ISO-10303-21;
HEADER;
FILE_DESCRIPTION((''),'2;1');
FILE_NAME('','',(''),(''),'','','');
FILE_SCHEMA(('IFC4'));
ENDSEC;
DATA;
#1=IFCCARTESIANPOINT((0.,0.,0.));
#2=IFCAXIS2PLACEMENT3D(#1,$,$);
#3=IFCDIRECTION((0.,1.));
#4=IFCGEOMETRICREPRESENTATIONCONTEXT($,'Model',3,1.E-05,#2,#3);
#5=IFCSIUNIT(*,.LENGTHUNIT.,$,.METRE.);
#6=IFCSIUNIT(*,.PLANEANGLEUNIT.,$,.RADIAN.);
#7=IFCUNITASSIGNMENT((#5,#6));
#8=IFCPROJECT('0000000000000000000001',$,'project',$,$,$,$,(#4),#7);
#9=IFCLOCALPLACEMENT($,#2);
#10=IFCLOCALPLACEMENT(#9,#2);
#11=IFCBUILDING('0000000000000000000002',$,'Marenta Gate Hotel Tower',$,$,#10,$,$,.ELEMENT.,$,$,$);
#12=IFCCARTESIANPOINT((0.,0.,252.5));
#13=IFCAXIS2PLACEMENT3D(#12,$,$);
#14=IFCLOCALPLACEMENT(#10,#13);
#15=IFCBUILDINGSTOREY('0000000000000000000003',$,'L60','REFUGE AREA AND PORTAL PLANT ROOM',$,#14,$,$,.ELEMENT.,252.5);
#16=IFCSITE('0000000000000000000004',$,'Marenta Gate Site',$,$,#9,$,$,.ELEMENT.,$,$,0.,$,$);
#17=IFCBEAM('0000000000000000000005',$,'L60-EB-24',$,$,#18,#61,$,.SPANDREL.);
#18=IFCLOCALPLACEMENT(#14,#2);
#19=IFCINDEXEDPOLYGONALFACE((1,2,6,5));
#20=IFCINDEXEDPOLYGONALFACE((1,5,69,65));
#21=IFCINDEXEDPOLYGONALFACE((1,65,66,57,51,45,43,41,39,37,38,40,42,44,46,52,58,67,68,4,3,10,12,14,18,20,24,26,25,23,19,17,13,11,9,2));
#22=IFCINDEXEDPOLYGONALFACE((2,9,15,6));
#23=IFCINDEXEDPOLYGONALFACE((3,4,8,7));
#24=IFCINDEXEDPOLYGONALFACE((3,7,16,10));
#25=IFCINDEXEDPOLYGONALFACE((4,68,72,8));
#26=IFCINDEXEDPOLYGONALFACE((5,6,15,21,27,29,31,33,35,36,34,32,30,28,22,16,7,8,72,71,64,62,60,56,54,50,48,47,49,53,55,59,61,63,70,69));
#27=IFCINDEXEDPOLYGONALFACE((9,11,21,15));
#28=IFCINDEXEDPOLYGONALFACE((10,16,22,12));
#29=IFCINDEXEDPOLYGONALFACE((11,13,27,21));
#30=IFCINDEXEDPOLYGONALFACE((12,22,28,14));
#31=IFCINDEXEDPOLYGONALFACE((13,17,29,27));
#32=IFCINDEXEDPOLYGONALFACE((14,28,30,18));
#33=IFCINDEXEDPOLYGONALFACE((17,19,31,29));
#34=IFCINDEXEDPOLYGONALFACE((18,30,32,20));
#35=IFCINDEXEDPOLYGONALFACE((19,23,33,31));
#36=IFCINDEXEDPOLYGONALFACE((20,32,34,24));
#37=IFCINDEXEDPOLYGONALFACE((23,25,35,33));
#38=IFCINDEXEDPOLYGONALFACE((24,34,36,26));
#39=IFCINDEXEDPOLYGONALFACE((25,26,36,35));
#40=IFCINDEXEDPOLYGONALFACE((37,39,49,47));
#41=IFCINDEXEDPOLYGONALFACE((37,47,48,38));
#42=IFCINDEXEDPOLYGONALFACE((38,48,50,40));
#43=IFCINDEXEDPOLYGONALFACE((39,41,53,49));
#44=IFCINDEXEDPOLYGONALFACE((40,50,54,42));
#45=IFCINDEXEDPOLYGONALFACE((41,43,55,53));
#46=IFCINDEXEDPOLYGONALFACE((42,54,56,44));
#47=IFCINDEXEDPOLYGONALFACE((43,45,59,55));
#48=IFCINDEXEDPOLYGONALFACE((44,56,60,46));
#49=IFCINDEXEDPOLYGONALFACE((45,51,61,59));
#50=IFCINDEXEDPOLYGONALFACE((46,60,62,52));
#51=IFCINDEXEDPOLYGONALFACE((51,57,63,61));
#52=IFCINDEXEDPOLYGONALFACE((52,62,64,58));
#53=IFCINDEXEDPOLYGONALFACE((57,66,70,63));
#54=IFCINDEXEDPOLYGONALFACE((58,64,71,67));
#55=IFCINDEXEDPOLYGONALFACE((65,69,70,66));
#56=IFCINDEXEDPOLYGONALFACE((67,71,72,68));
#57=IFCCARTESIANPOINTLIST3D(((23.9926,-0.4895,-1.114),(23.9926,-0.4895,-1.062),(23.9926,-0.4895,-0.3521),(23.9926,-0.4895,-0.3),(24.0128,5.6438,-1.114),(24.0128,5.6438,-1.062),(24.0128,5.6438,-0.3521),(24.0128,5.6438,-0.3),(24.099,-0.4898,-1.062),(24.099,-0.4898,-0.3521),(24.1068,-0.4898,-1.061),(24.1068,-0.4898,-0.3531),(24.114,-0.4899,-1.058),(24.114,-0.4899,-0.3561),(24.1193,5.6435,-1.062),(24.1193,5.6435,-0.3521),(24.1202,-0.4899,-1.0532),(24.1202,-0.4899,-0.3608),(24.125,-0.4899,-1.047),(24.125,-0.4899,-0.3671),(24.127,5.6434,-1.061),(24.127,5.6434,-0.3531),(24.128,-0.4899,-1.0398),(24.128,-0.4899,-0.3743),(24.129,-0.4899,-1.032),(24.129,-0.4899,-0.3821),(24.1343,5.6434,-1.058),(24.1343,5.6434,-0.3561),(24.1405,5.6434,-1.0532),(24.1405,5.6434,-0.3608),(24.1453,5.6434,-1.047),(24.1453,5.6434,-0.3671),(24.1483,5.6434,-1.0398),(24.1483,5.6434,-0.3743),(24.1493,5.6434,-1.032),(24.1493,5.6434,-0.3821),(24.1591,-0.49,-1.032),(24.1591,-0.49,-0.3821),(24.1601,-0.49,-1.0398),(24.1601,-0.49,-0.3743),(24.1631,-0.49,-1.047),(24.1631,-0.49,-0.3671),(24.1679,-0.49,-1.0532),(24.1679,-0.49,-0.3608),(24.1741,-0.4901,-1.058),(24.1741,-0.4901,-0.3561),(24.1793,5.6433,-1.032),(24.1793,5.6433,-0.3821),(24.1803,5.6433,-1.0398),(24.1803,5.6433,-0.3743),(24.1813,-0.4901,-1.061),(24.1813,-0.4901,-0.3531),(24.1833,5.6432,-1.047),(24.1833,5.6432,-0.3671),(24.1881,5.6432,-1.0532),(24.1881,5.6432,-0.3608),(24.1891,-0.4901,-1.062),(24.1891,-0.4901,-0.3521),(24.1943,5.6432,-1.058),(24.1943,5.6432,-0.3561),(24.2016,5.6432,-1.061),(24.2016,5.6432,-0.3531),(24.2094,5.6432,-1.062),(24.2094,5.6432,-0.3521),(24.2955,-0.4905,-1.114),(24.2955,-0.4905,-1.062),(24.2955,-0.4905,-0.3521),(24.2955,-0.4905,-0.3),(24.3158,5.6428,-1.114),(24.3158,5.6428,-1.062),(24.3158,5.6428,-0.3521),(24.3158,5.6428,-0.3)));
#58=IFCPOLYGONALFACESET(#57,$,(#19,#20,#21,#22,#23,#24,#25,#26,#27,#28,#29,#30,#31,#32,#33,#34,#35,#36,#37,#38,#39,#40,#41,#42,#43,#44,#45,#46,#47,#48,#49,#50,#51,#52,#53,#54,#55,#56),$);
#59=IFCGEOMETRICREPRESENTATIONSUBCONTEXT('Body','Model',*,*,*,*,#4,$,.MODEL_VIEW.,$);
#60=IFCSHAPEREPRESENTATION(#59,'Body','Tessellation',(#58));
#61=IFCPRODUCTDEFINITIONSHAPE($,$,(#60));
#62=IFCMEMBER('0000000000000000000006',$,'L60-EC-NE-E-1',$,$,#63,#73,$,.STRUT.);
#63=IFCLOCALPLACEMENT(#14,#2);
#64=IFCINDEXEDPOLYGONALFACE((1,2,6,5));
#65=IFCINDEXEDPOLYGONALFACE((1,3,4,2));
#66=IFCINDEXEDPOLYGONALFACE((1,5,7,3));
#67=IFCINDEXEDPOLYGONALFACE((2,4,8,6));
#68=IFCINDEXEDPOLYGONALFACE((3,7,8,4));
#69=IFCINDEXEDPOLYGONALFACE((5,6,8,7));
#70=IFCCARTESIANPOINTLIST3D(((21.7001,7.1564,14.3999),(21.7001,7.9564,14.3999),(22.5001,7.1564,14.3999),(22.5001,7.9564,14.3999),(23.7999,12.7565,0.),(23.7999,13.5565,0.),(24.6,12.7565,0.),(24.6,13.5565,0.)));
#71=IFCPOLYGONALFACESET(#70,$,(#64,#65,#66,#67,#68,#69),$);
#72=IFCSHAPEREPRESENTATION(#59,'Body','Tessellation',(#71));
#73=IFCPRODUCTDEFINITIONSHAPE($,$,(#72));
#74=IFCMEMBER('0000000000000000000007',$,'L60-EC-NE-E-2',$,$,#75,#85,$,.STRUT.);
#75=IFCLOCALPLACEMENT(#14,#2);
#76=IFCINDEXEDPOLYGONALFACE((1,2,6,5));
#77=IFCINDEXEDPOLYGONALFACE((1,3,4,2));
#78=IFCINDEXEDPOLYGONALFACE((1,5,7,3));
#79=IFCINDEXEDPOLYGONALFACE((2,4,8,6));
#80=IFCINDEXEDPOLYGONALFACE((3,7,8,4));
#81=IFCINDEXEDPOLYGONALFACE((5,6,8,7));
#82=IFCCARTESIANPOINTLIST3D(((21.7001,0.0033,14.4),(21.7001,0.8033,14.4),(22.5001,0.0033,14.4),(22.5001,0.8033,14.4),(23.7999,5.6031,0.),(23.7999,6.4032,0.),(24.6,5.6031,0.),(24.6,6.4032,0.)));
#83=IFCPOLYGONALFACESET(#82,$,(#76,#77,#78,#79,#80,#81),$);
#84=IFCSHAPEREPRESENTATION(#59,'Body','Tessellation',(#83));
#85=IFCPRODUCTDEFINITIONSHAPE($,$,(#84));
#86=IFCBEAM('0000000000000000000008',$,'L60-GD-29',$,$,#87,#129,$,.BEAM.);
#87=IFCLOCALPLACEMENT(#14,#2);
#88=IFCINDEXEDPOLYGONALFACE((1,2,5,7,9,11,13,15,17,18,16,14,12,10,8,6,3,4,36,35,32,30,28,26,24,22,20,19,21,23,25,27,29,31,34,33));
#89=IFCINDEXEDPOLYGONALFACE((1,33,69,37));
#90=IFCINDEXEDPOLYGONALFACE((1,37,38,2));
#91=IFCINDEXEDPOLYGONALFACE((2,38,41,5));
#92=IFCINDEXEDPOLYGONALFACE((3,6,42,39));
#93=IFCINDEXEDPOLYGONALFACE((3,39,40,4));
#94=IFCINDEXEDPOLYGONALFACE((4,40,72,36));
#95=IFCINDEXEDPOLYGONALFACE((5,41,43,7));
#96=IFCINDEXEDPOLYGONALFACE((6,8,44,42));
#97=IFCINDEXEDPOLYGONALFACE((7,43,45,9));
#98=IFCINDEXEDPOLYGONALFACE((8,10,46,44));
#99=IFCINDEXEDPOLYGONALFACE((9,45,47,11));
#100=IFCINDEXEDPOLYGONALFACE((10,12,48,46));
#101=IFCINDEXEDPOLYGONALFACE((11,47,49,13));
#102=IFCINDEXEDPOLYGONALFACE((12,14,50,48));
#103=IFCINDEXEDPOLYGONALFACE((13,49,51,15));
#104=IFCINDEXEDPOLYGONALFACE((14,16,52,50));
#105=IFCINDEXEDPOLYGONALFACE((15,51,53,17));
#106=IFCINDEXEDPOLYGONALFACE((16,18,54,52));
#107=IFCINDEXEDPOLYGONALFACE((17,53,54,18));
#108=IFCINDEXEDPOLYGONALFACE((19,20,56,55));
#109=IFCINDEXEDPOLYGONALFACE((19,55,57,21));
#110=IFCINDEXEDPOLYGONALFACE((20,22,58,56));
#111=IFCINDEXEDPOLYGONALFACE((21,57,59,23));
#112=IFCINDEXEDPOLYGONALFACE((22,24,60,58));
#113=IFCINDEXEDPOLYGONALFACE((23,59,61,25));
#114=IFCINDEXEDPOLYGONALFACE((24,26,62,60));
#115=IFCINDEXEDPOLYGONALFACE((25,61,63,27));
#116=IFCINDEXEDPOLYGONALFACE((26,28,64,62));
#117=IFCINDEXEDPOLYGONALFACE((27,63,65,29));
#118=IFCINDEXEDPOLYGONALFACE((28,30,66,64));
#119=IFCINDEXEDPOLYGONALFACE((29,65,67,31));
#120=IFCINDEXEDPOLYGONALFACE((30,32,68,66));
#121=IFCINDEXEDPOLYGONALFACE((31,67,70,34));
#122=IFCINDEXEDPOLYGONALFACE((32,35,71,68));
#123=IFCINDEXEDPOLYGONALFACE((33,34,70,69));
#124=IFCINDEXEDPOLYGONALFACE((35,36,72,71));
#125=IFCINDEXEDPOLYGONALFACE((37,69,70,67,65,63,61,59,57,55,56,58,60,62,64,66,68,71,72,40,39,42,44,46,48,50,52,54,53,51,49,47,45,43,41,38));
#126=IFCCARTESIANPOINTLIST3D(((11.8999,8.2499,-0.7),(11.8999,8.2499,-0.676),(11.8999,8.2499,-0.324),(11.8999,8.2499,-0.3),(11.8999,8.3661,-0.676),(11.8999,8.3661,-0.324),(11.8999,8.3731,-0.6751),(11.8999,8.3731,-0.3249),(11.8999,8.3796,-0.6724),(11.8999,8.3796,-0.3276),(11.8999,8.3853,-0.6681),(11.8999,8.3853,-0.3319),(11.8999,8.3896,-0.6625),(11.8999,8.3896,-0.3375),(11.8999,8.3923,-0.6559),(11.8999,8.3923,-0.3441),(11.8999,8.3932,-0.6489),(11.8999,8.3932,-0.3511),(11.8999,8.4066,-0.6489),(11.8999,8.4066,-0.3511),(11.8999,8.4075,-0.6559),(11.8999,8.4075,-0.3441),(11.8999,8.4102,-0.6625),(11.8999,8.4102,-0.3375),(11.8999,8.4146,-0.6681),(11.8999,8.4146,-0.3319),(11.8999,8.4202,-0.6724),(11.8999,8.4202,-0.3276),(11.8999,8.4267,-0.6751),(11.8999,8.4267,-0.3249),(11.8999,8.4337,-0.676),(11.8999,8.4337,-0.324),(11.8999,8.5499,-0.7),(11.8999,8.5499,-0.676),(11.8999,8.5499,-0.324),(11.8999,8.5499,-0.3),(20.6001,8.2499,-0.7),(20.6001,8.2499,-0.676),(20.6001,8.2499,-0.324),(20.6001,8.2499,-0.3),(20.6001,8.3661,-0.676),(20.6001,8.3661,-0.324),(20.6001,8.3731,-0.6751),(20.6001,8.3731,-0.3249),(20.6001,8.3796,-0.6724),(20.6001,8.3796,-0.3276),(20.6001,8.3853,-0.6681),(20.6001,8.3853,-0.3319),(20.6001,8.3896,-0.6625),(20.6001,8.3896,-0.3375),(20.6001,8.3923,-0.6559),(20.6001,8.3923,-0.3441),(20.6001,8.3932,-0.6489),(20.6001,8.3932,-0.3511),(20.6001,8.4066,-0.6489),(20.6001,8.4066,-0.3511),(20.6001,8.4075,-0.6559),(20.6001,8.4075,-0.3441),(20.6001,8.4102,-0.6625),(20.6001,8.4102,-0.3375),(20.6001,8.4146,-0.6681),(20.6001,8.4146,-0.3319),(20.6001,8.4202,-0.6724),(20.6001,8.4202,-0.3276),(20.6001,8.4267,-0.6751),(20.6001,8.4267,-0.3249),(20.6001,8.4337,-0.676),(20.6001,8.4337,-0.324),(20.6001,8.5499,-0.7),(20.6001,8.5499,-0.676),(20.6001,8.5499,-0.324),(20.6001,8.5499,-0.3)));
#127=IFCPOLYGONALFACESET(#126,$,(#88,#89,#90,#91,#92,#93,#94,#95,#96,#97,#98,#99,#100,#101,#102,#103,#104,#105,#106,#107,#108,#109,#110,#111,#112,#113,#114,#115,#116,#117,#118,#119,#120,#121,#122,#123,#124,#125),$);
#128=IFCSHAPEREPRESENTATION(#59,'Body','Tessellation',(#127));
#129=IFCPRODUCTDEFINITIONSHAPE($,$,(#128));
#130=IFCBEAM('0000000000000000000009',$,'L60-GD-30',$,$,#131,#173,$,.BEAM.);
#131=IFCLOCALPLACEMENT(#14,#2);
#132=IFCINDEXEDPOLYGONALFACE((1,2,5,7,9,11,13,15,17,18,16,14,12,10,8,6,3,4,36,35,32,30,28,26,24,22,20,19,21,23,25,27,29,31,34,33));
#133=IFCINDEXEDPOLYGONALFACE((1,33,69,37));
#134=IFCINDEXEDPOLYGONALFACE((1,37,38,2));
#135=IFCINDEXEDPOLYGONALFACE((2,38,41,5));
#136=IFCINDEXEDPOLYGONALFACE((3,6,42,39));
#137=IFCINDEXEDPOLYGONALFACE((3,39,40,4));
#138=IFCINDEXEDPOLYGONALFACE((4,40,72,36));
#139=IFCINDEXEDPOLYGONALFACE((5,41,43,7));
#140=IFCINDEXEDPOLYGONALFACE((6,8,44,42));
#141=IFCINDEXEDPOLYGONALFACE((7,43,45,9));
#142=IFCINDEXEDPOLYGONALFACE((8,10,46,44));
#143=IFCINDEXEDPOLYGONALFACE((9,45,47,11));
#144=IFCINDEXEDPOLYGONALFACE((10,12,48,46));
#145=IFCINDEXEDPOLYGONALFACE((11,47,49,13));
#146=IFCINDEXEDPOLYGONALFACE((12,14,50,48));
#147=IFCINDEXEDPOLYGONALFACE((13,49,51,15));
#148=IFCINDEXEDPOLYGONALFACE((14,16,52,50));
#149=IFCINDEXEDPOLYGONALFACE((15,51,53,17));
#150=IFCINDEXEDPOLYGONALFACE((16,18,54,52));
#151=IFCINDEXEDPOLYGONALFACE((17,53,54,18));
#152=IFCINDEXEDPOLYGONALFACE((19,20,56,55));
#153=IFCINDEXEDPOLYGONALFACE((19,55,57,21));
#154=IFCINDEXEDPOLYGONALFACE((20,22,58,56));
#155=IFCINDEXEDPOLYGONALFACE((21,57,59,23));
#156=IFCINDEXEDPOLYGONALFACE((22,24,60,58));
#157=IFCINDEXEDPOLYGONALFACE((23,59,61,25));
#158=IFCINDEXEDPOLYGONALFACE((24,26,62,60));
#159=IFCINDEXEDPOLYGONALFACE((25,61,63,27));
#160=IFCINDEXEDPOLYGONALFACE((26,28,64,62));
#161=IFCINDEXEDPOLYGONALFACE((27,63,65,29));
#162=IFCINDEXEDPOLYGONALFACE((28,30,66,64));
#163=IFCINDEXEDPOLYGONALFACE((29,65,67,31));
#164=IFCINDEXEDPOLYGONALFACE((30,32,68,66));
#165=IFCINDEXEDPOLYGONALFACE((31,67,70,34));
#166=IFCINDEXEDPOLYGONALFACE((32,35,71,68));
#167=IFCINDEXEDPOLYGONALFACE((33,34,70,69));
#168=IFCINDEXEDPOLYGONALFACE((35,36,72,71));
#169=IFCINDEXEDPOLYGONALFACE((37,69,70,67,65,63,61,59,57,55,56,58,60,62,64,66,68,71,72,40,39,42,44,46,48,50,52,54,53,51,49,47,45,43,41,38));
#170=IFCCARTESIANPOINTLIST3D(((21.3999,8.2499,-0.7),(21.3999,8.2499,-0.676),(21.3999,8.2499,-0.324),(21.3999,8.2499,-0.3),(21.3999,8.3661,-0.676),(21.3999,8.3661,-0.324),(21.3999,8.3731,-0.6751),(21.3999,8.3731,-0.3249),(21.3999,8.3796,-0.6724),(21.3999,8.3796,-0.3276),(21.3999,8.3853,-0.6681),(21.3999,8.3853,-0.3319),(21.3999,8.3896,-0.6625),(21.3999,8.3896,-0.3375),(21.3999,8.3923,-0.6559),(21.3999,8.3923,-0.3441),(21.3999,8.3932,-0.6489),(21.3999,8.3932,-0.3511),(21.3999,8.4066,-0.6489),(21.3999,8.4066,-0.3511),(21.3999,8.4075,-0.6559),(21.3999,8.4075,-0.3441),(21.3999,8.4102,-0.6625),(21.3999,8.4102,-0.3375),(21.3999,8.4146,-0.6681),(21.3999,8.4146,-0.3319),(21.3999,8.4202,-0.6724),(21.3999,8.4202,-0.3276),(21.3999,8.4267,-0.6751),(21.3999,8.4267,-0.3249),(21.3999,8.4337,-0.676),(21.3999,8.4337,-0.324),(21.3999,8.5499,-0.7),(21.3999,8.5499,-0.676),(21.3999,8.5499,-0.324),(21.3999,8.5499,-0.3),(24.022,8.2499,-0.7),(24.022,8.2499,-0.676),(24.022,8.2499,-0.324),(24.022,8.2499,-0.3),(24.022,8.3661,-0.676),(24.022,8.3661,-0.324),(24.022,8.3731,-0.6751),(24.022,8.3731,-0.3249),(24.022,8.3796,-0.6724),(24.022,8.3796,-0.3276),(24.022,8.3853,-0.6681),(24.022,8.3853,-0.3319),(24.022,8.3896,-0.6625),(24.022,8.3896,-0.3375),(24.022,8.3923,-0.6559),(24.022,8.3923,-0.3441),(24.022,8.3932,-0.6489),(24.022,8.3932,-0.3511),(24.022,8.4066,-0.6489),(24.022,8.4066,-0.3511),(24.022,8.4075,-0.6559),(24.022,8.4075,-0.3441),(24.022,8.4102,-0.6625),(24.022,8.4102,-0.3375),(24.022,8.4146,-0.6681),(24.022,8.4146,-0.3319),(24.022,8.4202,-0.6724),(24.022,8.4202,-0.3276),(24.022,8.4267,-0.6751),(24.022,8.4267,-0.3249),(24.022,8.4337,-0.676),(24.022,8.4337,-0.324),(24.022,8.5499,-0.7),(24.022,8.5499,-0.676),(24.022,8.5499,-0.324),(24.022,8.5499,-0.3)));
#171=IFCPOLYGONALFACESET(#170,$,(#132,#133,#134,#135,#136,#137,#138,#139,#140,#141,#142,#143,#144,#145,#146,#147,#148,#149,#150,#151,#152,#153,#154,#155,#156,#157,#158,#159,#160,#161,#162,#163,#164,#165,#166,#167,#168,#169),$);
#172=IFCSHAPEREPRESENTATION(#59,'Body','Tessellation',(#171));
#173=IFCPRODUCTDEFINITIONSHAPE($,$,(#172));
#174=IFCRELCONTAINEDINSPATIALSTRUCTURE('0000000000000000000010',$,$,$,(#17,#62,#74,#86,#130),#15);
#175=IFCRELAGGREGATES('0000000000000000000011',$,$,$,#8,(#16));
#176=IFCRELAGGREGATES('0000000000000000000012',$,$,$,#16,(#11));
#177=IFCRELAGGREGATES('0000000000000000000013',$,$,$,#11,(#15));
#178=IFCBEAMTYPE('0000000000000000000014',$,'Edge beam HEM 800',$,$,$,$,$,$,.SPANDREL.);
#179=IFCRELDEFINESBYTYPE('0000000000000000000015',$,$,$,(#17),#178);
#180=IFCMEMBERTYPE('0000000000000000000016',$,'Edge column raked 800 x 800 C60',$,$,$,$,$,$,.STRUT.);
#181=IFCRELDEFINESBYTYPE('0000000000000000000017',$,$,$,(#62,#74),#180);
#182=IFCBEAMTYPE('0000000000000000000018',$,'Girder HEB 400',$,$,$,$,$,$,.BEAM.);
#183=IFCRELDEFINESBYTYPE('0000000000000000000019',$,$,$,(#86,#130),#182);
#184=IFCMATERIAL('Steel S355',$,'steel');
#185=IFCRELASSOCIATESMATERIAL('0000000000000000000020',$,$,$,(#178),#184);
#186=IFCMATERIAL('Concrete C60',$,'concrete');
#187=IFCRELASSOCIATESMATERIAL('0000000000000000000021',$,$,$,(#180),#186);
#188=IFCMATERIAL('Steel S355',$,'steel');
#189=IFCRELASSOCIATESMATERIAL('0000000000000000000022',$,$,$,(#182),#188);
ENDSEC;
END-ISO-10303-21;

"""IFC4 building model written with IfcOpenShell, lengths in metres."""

from ifc_helpers import new_model, si_unit, direction, frame, origin, origin_2d, place, context, subcontext, project, spatial, rectangle, i_section, extrude, material, material_profile, profile_set, type_object, element, save


model = new_model("IFC4")

# Units and contexts
model_context = context("Model", 3, precision=1e-05, world=origin(), true_north=direction((0.0, 1.0)))
body_context = subcontext(model_context, "Body", "Model", "MODEL_VIEW")
ifc_project = project(units=[si_unit("LENGTHUNIT", "METRE"), si_unit("PLANEANGLEUNIT", "RADIAN")], contexts=[model_context])

# Site, building, storey
site_placement = place(None, origin())
site = spatial("IfcSite", under=ifc_project, at=site_placement, Name="Marenta Gate Site", CompositionType="ELEMENT", RefElevation=0.0)
building_placement = place(site_placement, origin())
building = spatial("IfcBuilding", under=site, at=building_placement, Name="Marenta Gate Hotel Tower", CompositionType="ELEMENT")
storey_placement = place(building_placement, frame((0.0, 0.0, 252.5)))
storey = spatial("IfcBuildingStorey", under=building, at=storey_placement, Name="L60", Description="REFUGE AREA AND PORTAL PLANT ROOM", CompositionType="ELEMENT", Elevation=252.5)

# Beam
ifc_material_1 = material(Name="Steel S355", Category="steel")
ifc_material_profile_1 = material_profile(ifc_material_1, i_section(OverallWidth=0.303, OverallDepth=0.814, WebThickness=0.03, FlangeThickness=0.052, FilletRadius=0.03, at=origin_2d()), Name="HEM 800")
ifc_profile_set_1 = profile_set([ifc_material_profile_1], Name="Steel S355")
beam_type_1 = type_object("IfcBeamType", Name="Edge beam HEM 800", PredefinedType="SPANDREL", material=ifc_profile_set_1)
beam_1_placement = place(storey_placement, frame((24.1643, 5.6433, -0.707), z_axis=(-0.003304, -0.999995, 0.0), x_axis=(0.999995, -0.003304, 0.0)))
element("IfcBeam", 1, at=beam_1_placement, inside=storey, type_object=beam_type_1, Name="L60-EB-24", PredefinedType="SPANDREL", context=body_context, shape_type="SweptSolid", body=[
    extrude(i_section(OverallWidth=0.303, OverallDepth=0.814, WebThickness=0.03, FlangeThickness=0.052, FilletRadius=0.03, at=origin_2d()), origin(), (0.0, 0.0, 1.0), 6.1333),
])

# Members
ifc_material_2 = material(Name="Concrete C60", Category="concrete")
ifc_material_profile_2 = material_profile(ifc_material_2, rectangle(XDim=0.8, YDim=0.8, at=origin_2d()), Name="800 x 800")
ifc_profile_set_2 = profile_set([ifc_material_profile_2], Name="Concrete C60")
member_type_1 = type_object("IfcMemberType", Name="Edge column raked 800 x 800 C60", PredefinedType="STRUT", material=ifc_profile_set_2)
member_1_placement = place(storey_placement, frame((24.2, 13.1565, 0.0), z_axis=(0.0, 0.0, 1.0), x_axis=(1.0, 0.0, 0.0)))
element("IfcMember", 2, at=member_1_placement, inside=storey, type_object=member_type_1, Name="L60-EC-NE-E-1", PredefinedType="STRUT", context=body_context, shape_type="SweptSolid", body=[
    extrude(rectangle(XDim=0.8, YDim=0.8, at=origin_2d()), origin(), (-0.13467, -0.359152, 0.923512), 15.5925),
])
member_2_placement = place(storey_placement, frame((24.2, 6.0032, 0.0), z_axis=(0.0, 0.0, 1.0), x_axis=(1.0, 0.0, 0.0)))
element("IfcMember", 3, at=member_2_placement, inside=storey, type_object=member_type_1, Name="L60-EC-NE-E-2", PredefinedType="STRUT", context=body_context, shape_type="SweptSolid", body=[
    extrude(rectangle(XDim=0.8, YDim=0.8, at=origin_2d()), origin(), (-0.134671, -0.359138, 0.923517), 15.5925),
])

# Beams
ifc_material_3 = material(Name="Steel S355", Category="steel")
ifc_material_profile_3 = material_profile(ifc_material_3, i_section(OverallWidth=0.3, OverallDepth=0.3999, WebThickness=0.0134, FlangeThickness=0.0239, FilletRadius=0.0271, at=origin_2d()), Name="HEB 400")
ifc_profile_set_3 = profile_set([ifc_material_profile_3], Name="Steel S355")
beam_type_2 = type_object("IfcBeamType", Name="Girder HEB 400", PredefinedType="BEAM", material=ifc_profile_set_3)
beam_2_placement = place(storey_placement, frame((11.8999, 8.3999, -0.5), z_axis=(1.0, 0.0, 0.0), x_axis=(0.0, 1.0, 0.0)))
element("IfcBeam", 4, at=beam_2_placement, inside=storey, type_object=beam_type_2, Name="L60-GD-29", PredefinedType="BEAM", context=body_context, shape_type="SweptSolid", body=[
    extrude(i_section(OverallWidth=0.3, OverallDepth=0.3999, WebThickness=0.0134, FlangeThickness=0.0239, FilletRadius=0.0271, at=origin_2d()), origin(), (0.0, 0.0, 1.0), 8.7002),
])
beam_3_placement = place(storey_placement, frame((21.3999, 8.3999, -0.5), z_axis=(1.0, 0.0, 0.0), x_axis=(0.0, 1.0, 0.0)))
element("IfcBeam", 5, at=beam_3_placement, inside=storey, type_object=beam_type_2, Name="L60-GD-30", PredefinedType="BEAM", context=body_context, shape_type="SweptSolid", body=[
    extrude(i_section(OverallWidth=0.3, OverallDepth=0.3999, WebThickness=0.0134, FlangeThickness=0.0239, FilletRadius=0.0271, at=origin_2d()), origin(), (0.0, 0.0, 1.0), 2.6221),
])

save(model, "model.ifc")
